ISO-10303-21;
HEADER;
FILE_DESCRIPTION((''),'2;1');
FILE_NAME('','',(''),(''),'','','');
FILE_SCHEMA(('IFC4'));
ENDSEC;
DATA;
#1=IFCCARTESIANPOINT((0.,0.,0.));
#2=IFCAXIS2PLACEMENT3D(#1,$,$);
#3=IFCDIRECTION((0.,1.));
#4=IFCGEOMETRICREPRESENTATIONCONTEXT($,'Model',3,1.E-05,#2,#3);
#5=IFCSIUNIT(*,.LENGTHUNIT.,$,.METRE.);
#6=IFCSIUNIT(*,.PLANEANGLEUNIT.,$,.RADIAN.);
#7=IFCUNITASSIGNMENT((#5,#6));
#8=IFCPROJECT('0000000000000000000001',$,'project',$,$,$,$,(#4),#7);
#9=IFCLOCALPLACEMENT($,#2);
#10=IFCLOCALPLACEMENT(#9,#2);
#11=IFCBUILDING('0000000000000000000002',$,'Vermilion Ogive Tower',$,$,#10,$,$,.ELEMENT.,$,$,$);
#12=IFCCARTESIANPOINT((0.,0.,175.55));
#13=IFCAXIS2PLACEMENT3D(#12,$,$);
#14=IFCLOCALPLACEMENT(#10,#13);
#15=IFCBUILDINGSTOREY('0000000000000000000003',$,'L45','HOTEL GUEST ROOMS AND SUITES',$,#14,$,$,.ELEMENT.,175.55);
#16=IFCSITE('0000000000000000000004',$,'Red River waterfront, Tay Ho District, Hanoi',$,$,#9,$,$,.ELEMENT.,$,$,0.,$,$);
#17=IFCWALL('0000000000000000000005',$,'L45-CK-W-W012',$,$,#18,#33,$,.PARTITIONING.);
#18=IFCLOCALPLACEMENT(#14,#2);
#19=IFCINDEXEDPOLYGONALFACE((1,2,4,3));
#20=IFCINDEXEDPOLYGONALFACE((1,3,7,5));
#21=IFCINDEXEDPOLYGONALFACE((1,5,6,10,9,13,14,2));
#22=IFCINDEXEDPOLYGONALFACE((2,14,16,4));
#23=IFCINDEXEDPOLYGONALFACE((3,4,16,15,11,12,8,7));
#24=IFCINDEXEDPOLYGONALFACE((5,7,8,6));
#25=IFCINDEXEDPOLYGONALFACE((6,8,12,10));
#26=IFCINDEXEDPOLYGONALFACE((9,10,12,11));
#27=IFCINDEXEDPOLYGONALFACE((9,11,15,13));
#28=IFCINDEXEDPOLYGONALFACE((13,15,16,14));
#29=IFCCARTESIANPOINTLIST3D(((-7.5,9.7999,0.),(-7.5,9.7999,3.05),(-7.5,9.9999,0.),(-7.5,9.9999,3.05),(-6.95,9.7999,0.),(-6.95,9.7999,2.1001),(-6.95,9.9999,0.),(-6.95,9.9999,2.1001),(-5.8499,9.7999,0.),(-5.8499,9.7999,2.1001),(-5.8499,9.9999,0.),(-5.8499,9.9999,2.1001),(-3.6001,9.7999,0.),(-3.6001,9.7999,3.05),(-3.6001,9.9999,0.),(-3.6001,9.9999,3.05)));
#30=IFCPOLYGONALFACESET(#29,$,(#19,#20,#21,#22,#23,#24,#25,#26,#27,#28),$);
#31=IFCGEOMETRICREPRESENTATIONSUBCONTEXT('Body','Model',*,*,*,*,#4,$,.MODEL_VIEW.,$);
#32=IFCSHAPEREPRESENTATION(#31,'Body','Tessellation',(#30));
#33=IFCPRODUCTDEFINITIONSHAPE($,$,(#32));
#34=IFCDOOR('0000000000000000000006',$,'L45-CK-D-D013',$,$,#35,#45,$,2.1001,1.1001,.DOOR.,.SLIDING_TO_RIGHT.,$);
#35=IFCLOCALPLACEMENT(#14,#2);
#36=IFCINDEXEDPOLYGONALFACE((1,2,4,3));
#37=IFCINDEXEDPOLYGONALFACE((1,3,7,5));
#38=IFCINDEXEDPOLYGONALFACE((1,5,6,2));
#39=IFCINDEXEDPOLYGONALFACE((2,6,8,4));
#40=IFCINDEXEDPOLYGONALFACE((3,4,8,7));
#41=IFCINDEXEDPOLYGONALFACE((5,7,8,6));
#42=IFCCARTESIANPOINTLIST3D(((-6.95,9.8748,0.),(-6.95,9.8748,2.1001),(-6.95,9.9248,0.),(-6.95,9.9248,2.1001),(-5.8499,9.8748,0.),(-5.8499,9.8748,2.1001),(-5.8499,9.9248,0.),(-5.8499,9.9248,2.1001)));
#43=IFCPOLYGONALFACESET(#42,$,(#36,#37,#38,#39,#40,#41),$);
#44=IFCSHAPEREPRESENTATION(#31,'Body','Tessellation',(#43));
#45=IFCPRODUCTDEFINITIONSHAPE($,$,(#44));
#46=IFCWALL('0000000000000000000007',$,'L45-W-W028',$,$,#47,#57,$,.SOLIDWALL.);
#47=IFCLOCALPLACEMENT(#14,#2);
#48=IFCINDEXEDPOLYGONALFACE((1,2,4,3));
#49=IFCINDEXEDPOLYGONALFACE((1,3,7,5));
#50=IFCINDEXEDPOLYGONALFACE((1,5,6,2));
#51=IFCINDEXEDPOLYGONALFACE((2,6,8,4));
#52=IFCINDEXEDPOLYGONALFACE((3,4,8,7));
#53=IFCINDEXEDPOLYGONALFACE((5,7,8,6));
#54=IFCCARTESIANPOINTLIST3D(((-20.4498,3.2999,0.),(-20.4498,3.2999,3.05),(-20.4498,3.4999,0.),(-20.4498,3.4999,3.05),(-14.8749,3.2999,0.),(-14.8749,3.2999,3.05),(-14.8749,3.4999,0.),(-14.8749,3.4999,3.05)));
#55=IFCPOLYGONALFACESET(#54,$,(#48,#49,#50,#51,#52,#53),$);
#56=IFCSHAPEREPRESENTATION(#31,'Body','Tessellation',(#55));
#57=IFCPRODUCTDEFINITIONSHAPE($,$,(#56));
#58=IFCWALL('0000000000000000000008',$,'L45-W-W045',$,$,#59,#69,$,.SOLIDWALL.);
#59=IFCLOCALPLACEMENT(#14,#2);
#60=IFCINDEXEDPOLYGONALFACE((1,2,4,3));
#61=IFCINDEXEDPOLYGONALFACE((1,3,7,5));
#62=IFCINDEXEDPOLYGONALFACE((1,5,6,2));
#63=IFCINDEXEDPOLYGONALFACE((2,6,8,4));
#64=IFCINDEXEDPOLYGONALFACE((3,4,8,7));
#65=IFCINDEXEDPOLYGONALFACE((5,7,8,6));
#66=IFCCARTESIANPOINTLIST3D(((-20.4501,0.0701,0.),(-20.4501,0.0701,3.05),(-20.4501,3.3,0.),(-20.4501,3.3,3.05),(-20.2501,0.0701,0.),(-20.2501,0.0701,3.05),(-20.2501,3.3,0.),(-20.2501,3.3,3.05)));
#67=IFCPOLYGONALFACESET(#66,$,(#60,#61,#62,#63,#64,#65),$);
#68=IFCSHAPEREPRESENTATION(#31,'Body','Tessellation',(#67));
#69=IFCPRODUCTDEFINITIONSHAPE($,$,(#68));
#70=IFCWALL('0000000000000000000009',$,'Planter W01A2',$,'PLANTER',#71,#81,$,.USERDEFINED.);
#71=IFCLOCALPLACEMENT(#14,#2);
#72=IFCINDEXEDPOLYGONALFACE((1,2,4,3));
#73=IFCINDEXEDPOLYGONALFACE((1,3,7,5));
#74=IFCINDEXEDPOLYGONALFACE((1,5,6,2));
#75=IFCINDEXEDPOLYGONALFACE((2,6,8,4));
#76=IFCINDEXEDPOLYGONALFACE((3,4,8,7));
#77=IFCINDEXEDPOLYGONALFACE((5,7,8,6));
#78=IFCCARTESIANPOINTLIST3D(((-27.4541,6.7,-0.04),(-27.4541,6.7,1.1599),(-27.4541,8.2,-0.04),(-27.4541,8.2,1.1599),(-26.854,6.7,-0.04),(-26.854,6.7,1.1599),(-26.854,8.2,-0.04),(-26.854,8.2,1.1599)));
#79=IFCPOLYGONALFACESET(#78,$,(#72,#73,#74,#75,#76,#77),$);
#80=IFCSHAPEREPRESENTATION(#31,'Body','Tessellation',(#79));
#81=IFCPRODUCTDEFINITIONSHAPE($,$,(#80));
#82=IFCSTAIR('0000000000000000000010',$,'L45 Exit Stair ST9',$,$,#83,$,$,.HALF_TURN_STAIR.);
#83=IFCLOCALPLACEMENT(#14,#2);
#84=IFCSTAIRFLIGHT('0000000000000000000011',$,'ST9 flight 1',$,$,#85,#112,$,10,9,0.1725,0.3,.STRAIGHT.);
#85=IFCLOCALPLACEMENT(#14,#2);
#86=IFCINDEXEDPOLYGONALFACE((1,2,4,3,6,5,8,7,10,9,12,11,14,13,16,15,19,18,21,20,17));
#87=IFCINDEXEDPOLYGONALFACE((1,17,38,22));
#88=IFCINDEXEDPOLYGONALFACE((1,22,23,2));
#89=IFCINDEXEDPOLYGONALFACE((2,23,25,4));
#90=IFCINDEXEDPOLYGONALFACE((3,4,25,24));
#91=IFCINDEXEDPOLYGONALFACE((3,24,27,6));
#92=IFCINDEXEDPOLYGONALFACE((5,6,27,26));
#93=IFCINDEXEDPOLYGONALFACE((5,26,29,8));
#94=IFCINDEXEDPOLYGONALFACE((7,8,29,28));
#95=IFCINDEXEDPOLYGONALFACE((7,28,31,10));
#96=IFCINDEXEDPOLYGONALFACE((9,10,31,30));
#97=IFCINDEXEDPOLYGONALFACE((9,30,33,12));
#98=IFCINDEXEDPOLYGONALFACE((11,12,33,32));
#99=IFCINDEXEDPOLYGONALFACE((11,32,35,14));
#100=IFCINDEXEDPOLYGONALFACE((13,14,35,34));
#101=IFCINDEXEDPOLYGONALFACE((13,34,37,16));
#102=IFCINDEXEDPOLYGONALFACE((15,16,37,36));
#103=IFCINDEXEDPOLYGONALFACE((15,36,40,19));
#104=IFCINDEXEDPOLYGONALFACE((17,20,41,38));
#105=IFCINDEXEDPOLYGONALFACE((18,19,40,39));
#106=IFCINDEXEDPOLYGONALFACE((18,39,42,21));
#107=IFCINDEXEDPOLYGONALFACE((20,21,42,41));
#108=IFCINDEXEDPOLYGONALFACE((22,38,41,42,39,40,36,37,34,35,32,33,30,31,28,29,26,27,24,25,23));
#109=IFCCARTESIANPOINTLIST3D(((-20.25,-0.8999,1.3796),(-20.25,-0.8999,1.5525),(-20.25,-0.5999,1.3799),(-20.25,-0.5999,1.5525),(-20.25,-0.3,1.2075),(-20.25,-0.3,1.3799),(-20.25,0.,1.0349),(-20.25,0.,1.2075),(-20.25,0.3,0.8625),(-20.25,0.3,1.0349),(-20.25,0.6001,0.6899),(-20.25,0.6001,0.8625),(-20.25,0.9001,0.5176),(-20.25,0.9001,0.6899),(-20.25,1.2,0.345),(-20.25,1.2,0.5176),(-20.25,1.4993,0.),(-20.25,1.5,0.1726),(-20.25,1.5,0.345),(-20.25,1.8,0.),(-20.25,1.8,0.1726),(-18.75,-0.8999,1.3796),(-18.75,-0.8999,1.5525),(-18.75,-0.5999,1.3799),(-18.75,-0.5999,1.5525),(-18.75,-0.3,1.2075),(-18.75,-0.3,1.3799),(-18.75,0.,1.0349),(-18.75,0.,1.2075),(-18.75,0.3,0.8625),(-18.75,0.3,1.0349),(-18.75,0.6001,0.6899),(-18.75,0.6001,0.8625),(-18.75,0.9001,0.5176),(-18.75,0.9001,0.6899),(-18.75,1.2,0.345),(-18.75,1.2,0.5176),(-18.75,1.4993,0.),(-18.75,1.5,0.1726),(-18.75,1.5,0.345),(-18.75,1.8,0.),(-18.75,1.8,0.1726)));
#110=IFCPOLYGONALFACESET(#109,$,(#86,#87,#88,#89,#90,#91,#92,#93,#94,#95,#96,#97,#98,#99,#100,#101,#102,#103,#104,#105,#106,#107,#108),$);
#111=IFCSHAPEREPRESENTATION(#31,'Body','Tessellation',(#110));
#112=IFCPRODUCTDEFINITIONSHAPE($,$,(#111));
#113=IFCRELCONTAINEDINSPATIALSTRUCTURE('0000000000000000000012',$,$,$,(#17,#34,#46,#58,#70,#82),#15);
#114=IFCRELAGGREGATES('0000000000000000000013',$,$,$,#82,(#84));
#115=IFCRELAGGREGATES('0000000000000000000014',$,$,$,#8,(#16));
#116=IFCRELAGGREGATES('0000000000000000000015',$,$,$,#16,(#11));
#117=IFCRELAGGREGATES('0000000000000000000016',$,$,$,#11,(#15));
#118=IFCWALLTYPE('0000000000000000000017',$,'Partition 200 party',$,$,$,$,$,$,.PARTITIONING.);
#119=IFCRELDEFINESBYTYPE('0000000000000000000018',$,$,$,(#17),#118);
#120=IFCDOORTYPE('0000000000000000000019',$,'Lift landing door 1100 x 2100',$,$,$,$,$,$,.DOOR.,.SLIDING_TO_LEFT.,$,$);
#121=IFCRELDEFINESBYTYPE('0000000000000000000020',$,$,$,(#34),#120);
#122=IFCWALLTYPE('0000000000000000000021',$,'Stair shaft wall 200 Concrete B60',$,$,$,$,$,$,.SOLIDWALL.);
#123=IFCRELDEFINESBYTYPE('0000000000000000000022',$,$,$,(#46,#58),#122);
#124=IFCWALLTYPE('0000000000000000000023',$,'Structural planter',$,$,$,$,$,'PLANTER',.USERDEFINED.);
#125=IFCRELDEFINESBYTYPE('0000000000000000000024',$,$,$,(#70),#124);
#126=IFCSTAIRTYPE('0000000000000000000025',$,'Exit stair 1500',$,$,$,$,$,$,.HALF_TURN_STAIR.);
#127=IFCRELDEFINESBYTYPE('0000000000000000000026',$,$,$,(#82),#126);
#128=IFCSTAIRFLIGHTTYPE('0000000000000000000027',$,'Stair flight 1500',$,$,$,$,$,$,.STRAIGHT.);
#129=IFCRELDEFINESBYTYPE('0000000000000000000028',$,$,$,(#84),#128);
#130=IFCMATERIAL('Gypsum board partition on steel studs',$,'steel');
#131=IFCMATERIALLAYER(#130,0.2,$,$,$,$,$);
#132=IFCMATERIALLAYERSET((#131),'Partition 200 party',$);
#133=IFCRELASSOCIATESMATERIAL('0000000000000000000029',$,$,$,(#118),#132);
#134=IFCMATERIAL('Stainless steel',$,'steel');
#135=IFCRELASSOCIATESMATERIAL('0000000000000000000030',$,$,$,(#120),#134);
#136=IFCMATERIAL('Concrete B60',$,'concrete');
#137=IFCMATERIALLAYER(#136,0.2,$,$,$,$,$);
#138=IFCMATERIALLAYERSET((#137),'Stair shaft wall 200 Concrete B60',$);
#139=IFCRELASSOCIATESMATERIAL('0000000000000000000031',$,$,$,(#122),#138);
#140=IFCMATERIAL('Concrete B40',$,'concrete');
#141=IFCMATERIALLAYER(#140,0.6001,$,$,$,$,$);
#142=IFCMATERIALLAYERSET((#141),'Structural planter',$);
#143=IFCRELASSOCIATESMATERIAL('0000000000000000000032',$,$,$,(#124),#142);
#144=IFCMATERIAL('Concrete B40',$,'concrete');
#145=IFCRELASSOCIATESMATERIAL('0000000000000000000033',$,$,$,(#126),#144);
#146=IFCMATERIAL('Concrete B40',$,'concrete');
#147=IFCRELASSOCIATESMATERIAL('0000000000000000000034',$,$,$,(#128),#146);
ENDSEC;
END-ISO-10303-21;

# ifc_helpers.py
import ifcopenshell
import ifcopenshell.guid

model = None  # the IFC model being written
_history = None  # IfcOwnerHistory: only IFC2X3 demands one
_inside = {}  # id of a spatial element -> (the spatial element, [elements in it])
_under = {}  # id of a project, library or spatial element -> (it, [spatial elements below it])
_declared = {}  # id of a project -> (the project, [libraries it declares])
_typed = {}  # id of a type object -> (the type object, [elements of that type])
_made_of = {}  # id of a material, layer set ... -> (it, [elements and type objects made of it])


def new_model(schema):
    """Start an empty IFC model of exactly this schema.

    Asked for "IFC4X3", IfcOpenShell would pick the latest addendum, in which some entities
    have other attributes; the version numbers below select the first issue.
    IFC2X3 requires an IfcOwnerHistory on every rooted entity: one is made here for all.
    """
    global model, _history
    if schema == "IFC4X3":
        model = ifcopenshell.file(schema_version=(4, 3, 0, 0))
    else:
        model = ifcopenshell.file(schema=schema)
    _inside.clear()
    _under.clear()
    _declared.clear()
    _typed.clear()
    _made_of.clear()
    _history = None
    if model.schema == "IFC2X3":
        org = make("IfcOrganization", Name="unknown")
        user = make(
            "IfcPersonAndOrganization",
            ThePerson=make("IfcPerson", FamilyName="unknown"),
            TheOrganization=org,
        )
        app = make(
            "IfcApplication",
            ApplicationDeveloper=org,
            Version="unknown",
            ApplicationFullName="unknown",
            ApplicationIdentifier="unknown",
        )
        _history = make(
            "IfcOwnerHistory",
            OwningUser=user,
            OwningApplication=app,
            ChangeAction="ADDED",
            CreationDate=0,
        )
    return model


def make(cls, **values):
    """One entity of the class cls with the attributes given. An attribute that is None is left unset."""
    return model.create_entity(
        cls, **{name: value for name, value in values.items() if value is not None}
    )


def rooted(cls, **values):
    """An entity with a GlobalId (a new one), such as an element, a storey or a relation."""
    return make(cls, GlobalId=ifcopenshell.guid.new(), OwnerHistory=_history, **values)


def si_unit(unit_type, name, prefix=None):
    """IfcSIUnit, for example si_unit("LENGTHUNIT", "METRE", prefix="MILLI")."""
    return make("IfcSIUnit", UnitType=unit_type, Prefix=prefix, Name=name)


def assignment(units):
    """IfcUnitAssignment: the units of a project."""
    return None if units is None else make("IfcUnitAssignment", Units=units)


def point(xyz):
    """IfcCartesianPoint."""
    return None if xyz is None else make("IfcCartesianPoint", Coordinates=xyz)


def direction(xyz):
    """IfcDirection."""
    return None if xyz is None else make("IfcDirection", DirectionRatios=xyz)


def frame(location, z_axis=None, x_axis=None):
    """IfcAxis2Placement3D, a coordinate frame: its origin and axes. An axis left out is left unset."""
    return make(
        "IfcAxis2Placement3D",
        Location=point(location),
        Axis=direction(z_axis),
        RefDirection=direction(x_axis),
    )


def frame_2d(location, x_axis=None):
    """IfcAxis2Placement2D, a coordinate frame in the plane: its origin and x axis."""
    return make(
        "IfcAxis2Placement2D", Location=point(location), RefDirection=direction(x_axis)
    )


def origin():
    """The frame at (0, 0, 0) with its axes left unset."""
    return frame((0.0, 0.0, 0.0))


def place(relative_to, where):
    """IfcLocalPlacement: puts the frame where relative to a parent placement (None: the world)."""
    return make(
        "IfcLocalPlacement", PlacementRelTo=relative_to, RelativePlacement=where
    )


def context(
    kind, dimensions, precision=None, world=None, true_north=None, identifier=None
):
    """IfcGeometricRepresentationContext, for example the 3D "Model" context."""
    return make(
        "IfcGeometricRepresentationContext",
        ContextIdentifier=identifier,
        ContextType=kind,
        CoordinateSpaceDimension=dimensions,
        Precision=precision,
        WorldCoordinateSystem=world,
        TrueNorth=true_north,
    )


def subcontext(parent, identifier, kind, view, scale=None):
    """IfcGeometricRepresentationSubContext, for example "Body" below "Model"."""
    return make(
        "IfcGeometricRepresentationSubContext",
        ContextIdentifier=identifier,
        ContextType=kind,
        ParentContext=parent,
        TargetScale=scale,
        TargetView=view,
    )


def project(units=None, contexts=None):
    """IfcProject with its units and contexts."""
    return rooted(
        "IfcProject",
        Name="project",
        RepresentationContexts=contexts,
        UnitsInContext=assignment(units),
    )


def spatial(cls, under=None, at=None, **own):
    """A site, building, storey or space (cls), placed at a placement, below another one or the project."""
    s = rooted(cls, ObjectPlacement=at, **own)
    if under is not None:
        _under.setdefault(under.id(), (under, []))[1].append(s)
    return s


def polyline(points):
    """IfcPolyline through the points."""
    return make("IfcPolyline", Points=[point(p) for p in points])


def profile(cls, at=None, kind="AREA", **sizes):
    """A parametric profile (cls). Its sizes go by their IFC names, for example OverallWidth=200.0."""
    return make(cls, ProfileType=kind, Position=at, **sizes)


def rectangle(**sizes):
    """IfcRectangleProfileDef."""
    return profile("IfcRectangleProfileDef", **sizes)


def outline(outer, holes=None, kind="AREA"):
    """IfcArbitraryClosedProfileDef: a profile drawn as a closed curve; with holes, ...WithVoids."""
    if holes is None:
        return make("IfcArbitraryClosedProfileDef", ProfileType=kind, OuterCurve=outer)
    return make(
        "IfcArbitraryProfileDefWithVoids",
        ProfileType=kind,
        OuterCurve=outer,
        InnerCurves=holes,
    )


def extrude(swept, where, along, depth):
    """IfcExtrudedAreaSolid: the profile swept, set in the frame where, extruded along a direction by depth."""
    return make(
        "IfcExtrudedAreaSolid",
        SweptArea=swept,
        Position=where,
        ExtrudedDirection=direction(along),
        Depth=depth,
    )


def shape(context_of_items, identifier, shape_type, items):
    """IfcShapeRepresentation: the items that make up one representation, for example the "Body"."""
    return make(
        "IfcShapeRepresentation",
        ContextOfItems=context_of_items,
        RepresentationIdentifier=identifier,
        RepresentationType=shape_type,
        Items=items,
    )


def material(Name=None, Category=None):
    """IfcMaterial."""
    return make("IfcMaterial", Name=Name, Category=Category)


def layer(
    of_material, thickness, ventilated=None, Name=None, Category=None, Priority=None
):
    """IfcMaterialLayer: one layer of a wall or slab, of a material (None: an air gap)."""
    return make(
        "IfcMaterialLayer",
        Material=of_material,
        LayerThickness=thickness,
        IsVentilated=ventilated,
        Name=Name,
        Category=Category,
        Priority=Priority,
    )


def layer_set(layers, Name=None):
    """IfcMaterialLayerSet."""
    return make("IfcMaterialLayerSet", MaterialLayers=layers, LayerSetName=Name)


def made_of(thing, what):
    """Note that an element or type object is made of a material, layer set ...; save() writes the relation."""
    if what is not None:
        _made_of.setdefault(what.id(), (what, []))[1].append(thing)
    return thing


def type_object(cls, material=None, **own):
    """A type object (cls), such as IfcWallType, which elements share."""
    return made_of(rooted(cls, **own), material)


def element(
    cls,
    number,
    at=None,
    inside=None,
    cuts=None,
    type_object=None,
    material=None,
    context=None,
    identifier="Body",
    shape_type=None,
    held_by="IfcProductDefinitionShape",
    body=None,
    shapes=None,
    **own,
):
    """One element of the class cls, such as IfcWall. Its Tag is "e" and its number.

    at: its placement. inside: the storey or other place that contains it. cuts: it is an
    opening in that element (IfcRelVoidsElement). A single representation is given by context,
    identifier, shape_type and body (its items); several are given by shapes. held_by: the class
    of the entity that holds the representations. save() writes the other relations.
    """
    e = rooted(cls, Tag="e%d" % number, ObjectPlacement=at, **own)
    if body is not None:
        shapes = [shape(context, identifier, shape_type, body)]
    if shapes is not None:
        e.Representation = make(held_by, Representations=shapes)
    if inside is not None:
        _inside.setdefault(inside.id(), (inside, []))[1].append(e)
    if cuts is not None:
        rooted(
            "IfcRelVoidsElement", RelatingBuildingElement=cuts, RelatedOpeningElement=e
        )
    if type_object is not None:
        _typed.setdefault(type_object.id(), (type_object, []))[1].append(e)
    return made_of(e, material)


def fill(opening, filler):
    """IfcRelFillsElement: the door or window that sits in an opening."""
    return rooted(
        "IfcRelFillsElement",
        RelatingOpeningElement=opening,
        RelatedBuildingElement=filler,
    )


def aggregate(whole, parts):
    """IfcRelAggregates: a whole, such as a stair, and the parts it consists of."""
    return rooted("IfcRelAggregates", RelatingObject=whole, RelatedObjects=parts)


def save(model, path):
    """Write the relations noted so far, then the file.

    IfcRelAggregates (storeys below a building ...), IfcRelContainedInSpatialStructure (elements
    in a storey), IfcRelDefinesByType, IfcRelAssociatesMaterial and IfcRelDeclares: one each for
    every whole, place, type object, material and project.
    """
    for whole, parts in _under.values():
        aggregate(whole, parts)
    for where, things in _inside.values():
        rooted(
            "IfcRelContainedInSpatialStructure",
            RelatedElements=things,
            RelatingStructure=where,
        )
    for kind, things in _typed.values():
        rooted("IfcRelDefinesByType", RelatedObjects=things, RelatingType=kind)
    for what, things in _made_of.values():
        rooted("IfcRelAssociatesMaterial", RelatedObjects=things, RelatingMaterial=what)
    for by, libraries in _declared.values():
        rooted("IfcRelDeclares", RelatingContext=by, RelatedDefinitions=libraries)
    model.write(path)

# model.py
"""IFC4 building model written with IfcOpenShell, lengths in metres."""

from ifc_helpers import new_model, si_unit, direction, frame, frame_2d, origin, place, context, subcontext, project, spatial, polyline, rectangle, outline, extrude, material, layer, layer_set, type_object, element, fill, aggregate, save


model = new_model("IFC4")

# Units and contexts
model_context = context("Model", 3, precision=1e-05, world=origin(), true_north=direction((0.0, 1.0)))
body_context = subcontext(model_context, "Body", "Model", "MODEL_VIEW")
ifc_project = project(units=[si_unit("LENGTHUNIT", "METRE"), si_unit("PLANEANGLEUNIT", "RADIAN")], contexts=[model_context])

# Site, building, storey
site_placement = place(None, origin())
site = spatial("IfcSite", under=ifc_project, at=site_placement, Name="Red River waterfront, Tay Ho District, Hanoi", CompositionType="ELEMENT", RefElevation=0.0)
building_placement = place(site_placement, origin())
building = spatial("IfcBuilding", under=site, at=building_placement, Name="Vermilion Ogive Tower", CompositionType="ELEMENT")
storey_placement = place(building_placement, frame((0.0, 0.0, 175.55)))
storey = spatial("IfcBuildingStorey", under=building, at=storey_placement, Name="L45", Description="HOTEL GUEST ROOMS AND SUITES", CompositionType="ELEMENT", Elevation=175.55)

# Shared definitions
ifc_material_1 = material(Name="Gypsum board partition on steel studs", Category="steel")
ifc_layer_1 = layer(ifc_material_1, 0.2)
ifc_layer_set_1 = layer_set([ifc_layer_1], Name="Partition 200 party")
wall_type_1 = type_object("IfcWallType", Name="Partition 200 party", PredefinedType="PARTITIONING", material=ifc_layer_set_1)

# Wall, opening, door
wall_1_placement = place(storey_placement, frame((-7.5, 9.8999, 0.0), z_axis=(0.0, 0.0, 1.0), x_axis=(1.0, 0.0, 0.0)))
wall_1 = element("IfcWall", 1, at=wall_1_placement, inside=storey, type_object=wall_type_1, Name="L45-CK-W-W012", PredefinedType="PARTITIONING", context=body_context, shape_type="SweptSolid", body=[
    extrude(rectangle(XDim=3.8999, YDim=0.2, at=frame_2d((1.95, 0.0))), origin(), (0.0, 0.0, 1.0), 3.05),
])
opening_1_placement = place(wall_1_placement, frame((0.55, 0.0, 0.0)))
opening_1 = element("IfcOpeningElement", 2, at=opening_1_placement, cuts=wall_1, PredefinedType="OPENING", context=body_context, shape_type="SweptSolid", body=[
    extrude(rectangle(XDim=1.1001, YDim=2.1001, at=frame_2d((0.55, 1.05))), frame((0.0, 0.1099, 0.0), z_axis=(0.0, -1.0, 0.0), x_axis=(1.0, 0.0, 0.0)), (0.0, 0.0, 1.0), 0.22),
])
ifc_material_2 = material(Name="Stainless steel", Category="steel")
door_type_1 = type_object("IfcDoorType", Name="Lift landing door 1100 x 2100", OperationType="SLIDING_TO_LEFT", PredefinedType="DOOR", material=ifc_material_2)
door_1_placement = place(opening_1_placement, origin())
door_1 = element("IfcDoor", 3, at=door_1_placement, inside=storey, type_object=door_type_1, Name="L45-CK-D-D013", OperationType="SLIDING_TO_RIGHT", OverallHeight=2.1001, OverallWidth=1.1001, PredefinedType="DOOR", context=body_context, shape_type="SweptSolid", body=[
    extrude(rectangle(XDim=1.1001, YDim=2.1001, at=frame_2d((0.55, 1.05))), frame((0.0, 0.0249, 0.0), z_axis=(0.0, -1.0, 0.0), x_axis=(1.0, 0.0, 0.0)), (0.0, 0.0, 1.0), 0.05),
])
fill(opening_1, door_1)

# Walls
ifc_material_3 = material(Name="Concrete B60", Category="concrete")
ifc_layer_2 = layer(ifc_material_3, 0.2)
ifc_layer_set_2 = layer_set([ifc_layer_2], Name="Stair shaft wall 200 Concrete B60")
wall_type_2 = type_object("IfcWallType", Name="Stair shaft wall 200 Concrete B60", PredefinedType="SOLIDWALL", material=ifc_layer_set_2)
wall_2_placement = place(storey_placement, frame((-20.45, 3.3999, 0.0), z_axis=(0.0, 0.0, 1.0), x_axis=(1.0, 0.0, 0.0)))
element("IfcWall", 4, at=wall_2_placement, inside=storey, type_object=wall_type_2, Name="L45-W-W028", PredefinedType="SOLIDWALL", context=body_context, shape_type="SweptSolid", body=[
    extrude(rectangle(XDim=5.575, YDim=0.2, at=frame_2d((2.7876, 0.0))), origin(), (0.0, 0.0, 1.0), 3.05),
])
wall_3_placement = place(storey_placement, frame((-20.3501, 0.0701, 0.0), z_axis=(0.0, 0.0, 1.0), x_axis=(0.0, 1.0, 0.0)))
element("IfcWall", 5, at=wall_3_placement, inside=storey, type_object=wall_type_2, Name="L45-W-W045", PredefinedType="SOLIDWALL", context=body_context, shape_type="SweptSolid", body=[
    extrude(rectangle(XDim=3.23, YDim=0.2, at=frame_2d((1.615, 0.0))), origin(), (0.0, 0.0, 1.0), 3.05),
])
ifc_material_4 = material(Name="Concrete B40", Category="concrete")
ifc_layer_3 = layer(ifc_material_4, 0.6001)
ifc_layer_set_3 = layer_set([ifc_layer_3], Name="Structural planter")
wall_type_3 = type_object("IfcWallType", Name="Structural planter", ElementType="PLANTER", PredefinedType="USERDEFINED", material=ifc_layer_set_3)
wall_4_placement = place(storey_placement, frame((-27.1541, 8.2, -0.04), z_axis=(0.0, 0.0, 1.0), x_axis=(0.0, -1.0, 0.0)))
element("IfcWall", 6, at=wall_4_placement, inside=storey, type_object=wall_type_3, Name="Planter W01A2", ObjectType="PLANTER", PredefinedType="USERDEFINED", context=body_context, shape_type="SweptSolid", body=[
    extrude(rectangle(XDim=1.5, YDim=0.6001, at=frame_2d((0.75, 0.0))), origin(), (0.0, 0.0, 1.0), 1.2),
])

# Stair, stair flight
ifc_material_5 = material(Name="Concrete B40", Category="concrete")
stair_type = type_object("IfcStairType", Name="Exit stair 1500", PredefinedType="HALF_TURN_STAIR", material=ifc_material_5)
stair_placement = place(storey_placement, origin())
stair = element("IfcStair", 7, at=stair_placement, inside=storey, type_object=stair_type, Name="L45 Exit Stair ST9", PredefinedType="HALF_TURN_STAIR")
ifc_material_6 = material(Name="Concrete B40", Category="concrete")
stair_flight_type = type_object("IfcStairFlightType", Name="Stair flight 1500", PredefinedType="STRAIGHT", material=ifc_material_6)
stair_flight_placement = place(storey_placement, frame((-19.5, 1.8, 0.0), z_axis=(0.0, 0.0, 1.0), x_axis=(0.0, -1.0, 0.0)))
stair_flight = element("IfcStairFlight", 8, at=stair_flight_placement, type_object=stair_flight_type, Name="ST9 flight 1", NumberOfRisers=10, NumberOfTreads=9, PredefinedType="STRAIGHT", RiserHeight=0.1725, TreadLength=0.3, context=body_context, shape_type="SweptSolid", body=[
    extrude(outline(polyline([(0.0, 0.0), (0.0, 0.1726), (0.3, 0.1726), (0.3, 0.345), (0.6001, 0.345), (0.6001, 0.5176), (0.8999, 0.5176), (0.8999, 0.6899), (1.2, 0.6899), (1.2, 0.8625), (1.5, 0.8625), (1.5, 1.0349), (1.8, 1.0349), (1.8, 1.2075), (2.1001, 1.2075), (2.1001, 1.3799), (2.3999, 1.3799), (2.3999, 1.5525), (2.7, 1.5525), (2.7, 1.7251), (2.7, 1.3796), (0.3008, 0.0), (0.0, 0.0)])), frame((0.0, 0.75, 0.0), z_axis=(0.0, -1.0, 0.0), x_axis=(1.0, 0.0, 0.0)), (0.0, 0.0, 1.0), 1.5),
])
aggregate(stair, [stair_flight])

save(model, "model.ifc")
